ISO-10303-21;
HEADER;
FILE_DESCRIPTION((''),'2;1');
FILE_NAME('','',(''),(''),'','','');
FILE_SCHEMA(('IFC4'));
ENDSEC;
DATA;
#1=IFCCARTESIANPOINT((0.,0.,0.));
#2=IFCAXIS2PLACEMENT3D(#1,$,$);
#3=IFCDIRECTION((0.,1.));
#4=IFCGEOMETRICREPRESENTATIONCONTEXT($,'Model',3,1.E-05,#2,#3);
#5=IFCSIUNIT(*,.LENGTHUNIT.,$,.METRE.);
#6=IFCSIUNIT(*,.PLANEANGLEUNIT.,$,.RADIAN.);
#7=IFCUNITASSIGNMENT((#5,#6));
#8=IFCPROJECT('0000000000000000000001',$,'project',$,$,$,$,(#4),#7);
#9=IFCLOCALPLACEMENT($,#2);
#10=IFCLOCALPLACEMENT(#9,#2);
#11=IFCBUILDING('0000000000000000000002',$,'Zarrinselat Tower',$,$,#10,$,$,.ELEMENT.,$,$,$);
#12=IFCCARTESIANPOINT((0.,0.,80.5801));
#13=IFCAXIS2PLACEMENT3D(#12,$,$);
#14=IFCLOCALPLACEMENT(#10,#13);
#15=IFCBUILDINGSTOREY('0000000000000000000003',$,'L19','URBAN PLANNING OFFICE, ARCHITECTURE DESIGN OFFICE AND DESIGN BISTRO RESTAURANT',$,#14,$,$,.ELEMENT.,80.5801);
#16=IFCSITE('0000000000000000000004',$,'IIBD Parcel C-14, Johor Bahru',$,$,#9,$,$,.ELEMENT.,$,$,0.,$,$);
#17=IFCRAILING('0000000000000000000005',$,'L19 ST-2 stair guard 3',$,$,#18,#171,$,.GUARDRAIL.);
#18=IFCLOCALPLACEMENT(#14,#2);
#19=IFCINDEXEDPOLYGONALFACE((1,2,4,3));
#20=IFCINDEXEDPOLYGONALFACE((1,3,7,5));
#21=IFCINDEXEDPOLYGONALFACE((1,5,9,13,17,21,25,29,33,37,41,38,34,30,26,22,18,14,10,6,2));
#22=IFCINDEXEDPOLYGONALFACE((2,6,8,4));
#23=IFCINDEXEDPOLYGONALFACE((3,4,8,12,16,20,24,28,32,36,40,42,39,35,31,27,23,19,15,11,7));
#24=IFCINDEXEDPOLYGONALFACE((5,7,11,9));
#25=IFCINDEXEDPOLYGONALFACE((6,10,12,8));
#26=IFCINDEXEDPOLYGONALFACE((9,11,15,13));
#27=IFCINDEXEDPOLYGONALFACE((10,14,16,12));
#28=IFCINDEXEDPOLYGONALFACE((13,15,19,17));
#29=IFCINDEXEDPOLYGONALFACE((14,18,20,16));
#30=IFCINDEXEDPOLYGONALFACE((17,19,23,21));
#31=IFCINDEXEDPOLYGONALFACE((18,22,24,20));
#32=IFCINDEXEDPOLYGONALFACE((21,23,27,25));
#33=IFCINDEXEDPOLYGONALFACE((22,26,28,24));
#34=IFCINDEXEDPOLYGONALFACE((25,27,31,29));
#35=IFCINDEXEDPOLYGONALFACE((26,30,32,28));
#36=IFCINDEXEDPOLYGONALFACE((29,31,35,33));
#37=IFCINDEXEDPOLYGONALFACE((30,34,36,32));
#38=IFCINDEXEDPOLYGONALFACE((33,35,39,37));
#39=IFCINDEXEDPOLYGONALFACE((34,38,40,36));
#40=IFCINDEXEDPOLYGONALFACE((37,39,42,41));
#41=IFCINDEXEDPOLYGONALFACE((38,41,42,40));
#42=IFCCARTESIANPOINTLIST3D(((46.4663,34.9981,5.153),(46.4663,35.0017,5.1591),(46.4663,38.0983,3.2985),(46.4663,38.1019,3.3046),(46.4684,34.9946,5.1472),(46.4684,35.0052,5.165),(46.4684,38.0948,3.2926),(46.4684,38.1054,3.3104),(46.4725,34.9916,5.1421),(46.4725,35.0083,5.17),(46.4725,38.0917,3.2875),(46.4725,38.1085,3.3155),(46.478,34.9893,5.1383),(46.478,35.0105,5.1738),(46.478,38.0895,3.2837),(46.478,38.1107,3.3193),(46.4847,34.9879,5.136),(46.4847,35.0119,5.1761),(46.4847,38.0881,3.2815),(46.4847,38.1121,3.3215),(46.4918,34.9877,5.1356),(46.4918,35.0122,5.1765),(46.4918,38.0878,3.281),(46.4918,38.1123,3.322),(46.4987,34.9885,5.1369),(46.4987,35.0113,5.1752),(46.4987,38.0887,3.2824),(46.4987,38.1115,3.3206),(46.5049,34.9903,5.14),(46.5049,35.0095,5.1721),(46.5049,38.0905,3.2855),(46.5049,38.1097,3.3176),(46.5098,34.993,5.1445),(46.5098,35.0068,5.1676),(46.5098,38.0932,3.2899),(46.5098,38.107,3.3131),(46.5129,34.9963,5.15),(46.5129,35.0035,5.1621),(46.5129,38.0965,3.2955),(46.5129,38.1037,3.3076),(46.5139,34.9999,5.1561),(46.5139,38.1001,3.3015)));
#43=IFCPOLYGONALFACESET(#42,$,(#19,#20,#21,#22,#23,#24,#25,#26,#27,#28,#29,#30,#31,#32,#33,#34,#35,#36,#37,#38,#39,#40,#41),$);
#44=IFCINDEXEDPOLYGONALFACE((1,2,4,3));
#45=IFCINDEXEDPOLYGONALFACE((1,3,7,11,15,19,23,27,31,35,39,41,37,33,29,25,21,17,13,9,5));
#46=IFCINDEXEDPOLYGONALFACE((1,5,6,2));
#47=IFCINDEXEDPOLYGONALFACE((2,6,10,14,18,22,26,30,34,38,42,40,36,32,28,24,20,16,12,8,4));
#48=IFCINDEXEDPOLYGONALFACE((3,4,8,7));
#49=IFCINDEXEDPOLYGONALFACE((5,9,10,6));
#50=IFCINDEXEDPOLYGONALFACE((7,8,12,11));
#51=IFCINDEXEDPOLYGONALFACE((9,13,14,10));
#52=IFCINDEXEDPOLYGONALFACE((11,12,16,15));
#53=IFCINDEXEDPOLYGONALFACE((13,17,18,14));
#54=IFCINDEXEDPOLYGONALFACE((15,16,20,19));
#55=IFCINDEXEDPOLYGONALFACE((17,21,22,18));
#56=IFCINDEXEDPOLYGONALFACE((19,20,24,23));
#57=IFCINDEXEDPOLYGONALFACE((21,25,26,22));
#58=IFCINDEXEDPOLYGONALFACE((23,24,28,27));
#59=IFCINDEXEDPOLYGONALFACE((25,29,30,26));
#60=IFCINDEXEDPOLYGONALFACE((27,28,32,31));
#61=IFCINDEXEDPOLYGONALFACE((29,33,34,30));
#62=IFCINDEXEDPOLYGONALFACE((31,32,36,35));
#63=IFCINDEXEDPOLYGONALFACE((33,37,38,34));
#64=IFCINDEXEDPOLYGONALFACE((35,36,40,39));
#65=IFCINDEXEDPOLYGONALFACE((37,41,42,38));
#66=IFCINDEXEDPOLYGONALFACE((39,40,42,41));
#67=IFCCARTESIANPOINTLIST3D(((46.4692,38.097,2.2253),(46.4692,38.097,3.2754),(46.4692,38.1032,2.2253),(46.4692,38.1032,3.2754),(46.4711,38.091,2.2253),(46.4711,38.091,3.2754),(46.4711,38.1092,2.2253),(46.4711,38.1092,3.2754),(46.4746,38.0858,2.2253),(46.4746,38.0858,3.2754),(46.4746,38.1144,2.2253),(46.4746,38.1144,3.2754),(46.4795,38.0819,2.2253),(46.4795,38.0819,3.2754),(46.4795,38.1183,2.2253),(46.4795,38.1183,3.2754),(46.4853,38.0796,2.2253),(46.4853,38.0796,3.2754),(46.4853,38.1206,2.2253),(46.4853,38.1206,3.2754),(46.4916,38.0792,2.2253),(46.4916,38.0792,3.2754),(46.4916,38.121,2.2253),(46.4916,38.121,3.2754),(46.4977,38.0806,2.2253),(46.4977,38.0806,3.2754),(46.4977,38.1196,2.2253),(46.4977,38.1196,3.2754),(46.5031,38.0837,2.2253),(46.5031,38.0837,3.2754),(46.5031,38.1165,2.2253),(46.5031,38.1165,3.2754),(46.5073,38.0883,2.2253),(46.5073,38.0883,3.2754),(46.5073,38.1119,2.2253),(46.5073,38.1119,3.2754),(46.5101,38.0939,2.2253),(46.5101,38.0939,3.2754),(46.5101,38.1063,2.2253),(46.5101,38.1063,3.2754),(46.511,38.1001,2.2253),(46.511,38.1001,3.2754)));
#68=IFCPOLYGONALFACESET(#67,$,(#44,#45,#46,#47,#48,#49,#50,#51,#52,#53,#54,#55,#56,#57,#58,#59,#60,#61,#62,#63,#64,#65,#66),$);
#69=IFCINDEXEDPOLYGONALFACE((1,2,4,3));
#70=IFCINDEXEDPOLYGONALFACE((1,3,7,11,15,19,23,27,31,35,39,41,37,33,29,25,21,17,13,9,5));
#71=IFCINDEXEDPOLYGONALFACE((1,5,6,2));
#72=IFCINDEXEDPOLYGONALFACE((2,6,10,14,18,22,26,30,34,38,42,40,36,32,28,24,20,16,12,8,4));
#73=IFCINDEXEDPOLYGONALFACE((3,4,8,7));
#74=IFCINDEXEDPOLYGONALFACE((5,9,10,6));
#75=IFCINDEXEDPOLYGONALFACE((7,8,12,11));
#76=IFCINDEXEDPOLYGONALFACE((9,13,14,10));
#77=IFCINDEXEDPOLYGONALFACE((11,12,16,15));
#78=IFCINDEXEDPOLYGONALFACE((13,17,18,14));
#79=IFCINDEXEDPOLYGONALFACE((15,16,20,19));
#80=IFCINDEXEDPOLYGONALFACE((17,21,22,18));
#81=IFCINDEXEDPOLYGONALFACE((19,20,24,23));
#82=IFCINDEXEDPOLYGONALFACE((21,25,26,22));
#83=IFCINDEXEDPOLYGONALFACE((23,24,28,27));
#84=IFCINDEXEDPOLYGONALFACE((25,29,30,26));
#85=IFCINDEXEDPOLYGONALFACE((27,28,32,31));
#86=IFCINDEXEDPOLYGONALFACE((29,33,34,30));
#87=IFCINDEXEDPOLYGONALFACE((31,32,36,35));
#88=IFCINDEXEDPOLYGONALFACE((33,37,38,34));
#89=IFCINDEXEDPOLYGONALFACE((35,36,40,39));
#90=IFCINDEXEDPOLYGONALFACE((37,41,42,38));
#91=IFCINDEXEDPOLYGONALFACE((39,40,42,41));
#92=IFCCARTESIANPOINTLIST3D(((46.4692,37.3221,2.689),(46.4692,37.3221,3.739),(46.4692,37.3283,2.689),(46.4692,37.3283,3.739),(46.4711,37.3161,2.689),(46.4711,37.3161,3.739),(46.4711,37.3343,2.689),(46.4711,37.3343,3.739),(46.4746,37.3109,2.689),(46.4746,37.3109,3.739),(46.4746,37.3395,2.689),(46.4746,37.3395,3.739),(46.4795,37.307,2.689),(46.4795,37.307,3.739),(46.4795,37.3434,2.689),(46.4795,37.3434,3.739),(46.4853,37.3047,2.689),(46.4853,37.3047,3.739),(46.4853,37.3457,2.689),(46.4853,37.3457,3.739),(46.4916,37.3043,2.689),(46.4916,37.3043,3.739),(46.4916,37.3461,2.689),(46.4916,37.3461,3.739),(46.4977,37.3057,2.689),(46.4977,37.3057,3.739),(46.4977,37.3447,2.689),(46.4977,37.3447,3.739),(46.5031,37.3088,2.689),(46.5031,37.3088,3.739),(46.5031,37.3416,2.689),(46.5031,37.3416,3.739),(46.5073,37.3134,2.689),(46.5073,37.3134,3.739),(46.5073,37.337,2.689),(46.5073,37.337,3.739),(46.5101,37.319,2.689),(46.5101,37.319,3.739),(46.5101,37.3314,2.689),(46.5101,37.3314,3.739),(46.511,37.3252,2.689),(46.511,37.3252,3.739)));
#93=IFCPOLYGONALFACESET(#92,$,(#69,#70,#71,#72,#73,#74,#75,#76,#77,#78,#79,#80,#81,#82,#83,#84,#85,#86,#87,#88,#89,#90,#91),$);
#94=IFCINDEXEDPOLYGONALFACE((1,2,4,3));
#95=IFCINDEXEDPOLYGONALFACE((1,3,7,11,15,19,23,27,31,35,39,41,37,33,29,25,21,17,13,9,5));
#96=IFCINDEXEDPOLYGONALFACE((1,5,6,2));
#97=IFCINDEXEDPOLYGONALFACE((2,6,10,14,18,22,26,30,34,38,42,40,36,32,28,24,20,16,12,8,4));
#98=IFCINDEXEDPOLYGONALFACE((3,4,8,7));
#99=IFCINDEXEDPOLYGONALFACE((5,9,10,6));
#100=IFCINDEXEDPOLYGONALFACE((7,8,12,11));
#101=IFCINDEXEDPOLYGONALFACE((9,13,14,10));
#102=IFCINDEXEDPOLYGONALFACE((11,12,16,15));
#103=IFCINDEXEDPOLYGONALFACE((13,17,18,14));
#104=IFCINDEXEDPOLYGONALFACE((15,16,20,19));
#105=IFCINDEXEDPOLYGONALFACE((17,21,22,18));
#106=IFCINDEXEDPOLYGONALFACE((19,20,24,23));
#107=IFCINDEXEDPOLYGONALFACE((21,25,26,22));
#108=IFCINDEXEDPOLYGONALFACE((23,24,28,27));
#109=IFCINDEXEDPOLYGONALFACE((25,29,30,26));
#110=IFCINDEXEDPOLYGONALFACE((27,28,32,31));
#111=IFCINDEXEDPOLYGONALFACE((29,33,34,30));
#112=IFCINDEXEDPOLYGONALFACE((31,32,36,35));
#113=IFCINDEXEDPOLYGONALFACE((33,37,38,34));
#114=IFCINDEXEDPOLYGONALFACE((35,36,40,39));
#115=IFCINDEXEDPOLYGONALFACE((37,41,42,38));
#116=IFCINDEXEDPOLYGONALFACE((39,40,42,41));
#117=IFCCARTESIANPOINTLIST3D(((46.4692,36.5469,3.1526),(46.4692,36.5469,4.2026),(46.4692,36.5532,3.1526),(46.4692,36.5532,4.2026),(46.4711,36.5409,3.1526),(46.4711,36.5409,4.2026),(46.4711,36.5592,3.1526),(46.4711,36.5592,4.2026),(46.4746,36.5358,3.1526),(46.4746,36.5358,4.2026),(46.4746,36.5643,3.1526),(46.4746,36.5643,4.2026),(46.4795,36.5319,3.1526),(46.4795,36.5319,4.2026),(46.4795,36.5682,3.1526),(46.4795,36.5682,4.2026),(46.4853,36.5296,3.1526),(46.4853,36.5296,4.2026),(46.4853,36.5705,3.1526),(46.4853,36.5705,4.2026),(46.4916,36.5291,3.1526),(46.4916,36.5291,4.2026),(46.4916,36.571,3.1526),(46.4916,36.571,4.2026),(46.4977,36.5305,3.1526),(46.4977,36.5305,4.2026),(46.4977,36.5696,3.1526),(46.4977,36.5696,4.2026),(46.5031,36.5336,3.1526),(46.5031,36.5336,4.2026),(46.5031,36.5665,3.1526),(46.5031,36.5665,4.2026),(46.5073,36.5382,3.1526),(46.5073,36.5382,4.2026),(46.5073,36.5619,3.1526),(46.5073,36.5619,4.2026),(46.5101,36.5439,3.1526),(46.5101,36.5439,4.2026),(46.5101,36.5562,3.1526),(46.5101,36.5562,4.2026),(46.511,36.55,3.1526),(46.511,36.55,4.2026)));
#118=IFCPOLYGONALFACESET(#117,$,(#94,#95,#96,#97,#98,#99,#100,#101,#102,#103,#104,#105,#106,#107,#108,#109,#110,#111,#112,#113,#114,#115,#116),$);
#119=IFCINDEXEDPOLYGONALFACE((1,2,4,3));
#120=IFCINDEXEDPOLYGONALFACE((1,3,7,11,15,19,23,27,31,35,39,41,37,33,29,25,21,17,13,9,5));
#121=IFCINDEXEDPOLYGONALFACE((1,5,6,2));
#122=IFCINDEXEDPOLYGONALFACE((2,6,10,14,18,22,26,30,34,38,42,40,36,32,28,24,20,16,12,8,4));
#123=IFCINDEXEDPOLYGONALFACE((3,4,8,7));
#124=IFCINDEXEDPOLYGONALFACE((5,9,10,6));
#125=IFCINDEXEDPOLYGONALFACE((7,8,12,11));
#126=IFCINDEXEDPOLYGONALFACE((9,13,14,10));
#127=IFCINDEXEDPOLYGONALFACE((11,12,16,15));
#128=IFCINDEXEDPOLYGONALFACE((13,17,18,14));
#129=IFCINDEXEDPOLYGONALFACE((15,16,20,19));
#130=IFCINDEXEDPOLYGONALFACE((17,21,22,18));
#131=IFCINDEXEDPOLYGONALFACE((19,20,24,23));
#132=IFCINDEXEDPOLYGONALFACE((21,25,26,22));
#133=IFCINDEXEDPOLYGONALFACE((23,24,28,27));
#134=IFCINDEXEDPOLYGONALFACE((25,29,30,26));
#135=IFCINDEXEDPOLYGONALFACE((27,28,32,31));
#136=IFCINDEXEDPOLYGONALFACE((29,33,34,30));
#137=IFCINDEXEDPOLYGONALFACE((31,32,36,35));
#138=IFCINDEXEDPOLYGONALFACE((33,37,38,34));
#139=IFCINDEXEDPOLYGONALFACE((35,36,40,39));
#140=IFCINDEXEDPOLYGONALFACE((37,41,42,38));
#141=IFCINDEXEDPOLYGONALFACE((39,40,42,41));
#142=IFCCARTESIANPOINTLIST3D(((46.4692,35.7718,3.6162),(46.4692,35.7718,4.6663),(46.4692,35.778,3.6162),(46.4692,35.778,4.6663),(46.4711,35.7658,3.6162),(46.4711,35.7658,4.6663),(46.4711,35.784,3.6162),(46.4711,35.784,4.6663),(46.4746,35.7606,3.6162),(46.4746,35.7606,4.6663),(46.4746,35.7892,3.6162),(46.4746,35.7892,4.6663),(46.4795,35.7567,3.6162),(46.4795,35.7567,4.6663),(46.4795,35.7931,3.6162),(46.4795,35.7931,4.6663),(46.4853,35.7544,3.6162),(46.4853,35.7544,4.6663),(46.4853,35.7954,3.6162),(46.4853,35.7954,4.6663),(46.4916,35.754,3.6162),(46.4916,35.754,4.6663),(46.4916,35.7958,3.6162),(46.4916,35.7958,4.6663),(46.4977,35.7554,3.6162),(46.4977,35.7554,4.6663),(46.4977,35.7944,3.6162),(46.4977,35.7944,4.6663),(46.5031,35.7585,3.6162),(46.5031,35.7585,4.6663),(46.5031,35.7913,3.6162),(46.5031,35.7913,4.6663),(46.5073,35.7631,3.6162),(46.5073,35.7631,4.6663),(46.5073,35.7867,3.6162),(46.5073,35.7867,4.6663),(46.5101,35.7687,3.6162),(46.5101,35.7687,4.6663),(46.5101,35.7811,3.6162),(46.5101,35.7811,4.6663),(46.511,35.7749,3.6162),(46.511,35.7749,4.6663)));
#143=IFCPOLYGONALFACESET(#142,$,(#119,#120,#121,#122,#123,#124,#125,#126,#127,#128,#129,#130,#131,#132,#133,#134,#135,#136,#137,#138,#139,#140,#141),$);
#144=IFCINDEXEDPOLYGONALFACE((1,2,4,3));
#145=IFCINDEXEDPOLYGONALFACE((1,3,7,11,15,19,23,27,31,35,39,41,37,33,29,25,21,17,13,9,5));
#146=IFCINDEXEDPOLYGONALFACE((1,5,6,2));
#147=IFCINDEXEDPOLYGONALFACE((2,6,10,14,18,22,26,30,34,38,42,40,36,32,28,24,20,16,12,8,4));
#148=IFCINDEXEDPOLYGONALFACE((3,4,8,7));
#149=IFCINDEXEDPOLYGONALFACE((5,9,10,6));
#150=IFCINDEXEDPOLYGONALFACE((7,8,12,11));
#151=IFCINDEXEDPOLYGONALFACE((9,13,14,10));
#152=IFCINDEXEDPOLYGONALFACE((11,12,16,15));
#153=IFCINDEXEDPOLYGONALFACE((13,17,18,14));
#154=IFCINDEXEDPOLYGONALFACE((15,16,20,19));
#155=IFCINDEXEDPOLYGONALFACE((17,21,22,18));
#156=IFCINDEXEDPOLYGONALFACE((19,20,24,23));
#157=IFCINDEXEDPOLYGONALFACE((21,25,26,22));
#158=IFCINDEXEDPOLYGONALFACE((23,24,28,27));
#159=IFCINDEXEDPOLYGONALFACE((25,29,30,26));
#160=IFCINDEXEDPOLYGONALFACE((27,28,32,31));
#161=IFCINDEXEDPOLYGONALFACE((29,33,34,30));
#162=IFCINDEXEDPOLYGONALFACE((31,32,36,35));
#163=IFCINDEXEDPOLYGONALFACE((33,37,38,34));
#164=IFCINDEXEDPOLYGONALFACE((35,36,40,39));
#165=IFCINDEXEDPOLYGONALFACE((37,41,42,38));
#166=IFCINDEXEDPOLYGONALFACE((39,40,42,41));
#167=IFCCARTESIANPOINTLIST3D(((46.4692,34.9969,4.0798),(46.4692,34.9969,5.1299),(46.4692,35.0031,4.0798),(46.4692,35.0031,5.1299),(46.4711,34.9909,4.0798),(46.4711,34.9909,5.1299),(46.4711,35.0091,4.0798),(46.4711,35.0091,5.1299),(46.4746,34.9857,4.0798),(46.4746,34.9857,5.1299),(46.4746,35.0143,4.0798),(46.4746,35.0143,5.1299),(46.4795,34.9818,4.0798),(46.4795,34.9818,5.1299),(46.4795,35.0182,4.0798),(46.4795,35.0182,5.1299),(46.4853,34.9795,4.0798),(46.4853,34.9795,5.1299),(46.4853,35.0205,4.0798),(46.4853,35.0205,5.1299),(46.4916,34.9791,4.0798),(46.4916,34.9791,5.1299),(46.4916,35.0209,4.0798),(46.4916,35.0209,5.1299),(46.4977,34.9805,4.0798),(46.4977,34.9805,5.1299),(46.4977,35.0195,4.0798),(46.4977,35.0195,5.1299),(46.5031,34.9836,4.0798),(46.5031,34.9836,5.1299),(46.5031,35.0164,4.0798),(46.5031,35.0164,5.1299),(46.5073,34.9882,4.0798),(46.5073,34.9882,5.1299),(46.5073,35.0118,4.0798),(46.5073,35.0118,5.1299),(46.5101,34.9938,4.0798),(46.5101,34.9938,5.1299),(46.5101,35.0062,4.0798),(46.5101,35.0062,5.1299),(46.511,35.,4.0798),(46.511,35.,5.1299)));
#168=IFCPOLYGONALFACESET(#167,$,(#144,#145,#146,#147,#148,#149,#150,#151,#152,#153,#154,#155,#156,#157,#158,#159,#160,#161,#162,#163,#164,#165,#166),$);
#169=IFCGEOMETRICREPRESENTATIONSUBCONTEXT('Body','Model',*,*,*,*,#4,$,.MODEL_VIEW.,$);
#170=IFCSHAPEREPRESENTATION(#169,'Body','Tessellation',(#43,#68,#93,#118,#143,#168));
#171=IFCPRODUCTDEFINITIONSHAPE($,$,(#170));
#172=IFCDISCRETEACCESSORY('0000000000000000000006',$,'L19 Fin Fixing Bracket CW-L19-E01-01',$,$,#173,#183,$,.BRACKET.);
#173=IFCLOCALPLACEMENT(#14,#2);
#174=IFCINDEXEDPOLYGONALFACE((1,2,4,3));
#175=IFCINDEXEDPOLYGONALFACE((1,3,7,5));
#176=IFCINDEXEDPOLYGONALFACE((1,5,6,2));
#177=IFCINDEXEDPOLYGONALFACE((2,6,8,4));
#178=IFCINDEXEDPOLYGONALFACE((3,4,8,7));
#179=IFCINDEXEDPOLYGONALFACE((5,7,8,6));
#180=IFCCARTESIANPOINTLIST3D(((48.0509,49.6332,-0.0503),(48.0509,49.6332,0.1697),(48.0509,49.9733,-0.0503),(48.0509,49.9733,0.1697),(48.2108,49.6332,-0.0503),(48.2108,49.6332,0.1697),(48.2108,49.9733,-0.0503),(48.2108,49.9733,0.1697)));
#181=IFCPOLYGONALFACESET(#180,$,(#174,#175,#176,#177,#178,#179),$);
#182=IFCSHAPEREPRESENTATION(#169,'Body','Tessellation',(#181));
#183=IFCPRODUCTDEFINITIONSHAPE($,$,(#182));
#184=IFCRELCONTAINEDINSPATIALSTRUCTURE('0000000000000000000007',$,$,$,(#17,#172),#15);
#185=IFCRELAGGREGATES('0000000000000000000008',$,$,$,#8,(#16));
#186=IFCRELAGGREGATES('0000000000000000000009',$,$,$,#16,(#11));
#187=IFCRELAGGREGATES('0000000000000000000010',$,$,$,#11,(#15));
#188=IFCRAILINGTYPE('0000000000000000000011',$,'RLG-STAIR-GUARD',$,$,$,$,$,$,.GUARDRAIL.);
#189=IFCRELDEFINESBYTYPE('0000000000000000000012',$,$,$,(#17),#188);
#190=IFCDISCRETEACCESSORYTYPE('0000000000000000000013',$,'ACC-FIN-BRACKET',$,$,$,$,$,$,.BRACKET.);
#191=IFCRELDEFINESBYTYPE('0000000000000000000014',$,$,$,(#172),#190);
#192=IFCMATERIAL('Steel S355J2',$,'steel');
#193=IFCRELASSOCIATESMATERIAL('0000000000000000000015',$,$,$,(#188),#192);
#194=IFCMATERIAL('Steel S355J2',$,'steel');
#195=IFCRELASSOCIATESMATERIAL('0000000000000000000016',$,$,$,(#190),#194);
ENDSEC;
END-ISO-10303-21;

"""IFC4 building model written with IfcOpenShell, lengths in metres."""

from ifc_helpers import new_model, si_unit, direction, frame, origin, origin_2d, place, context, subcontext, project, spatial, rectangle, circle, extrude, material, type_object, element, save


model = new_model("IFC4")

# Units and contexts
model_context = context("Model", 3, precision=1e-05, world=origin(), true_north=direction((0.0, 1.0)))
body_context = subcontext(model_context, "Body", "Model", "MODEL_VIEW")
ifc_project = project(units=[si_unit("LENGTHUNIT", "METRE"), si_unit("PLANEANGLEUNIT", "RADIAN")], contexts=[model_context])

# Site, building, storey
site_placement = place(None, origin())
site = spatial("IfcSite", under=ifc_project, at=site_placement, Name="IIBD Parcel C-14, Johor Bahru", CompositionType="ELEMENT", RefElevation=0.0)
building_placement = place(site_placement, origin())
building = spatial("IfcBuilding", under=site, at=building_placement, Name="Zarrinselat Tower", CompositionType="ELEMENT")
storey_placement = place(building_placement, frame((0.0, 0.0, 80.5801)))
storey = spatial("IfcBuildingStorey", under=building, at=storey_placement, Name="L19", Description="URBAN PLANNING OFFICE, ARCHITECTURE DESIGN OFFICE AND DESIGN BISTRO RESTAURANT", CompositionType="ELEMENT", Elevation=80.5801)

# Railing
ifc_material_1 = material(Name="Steel S355J2", Category="steel")
railing_type = type_object("IfcRailingType", Name="RLG-STAIR-GUARD", PredefinedType="GUARDRAIL", material=ifc_material_1)
railing_1_placement = place(storey_placement, frame((46.49, 38.1001, 2.2253)))
element("IfcRailing", 1, at=railing_1_placement, inside=storey, type_object=railing_type, Name="L19 ST-2 stair guard 3", PredefinedType="GUARDRAIL", context=body_context, shape_type="SweptSolid", body=[
    extrude(circle(Radius=0.0239, at=origin_2d()), frame((0.0, 0.0, 1.0762), z_axis=(0.0, -0.858172, 0.513362), x_axis=(1.0, 0.0, 0.0)), (0.0, 0.0, 1.0), 3.6125),
    extrude(circle(Radius=0.021, at=origin_2d()), origin(), (0.0, 0.0, 1.0), 1.05),
    extrude(circle(Radius=0.021, at=origin_2d()), frame((0.0, -0.7749, 0.4636)), (0.0, 0.0, 1.0), 1.05),
    extrude(circle(Radius=0.021, at=origin_2d()), frame((0.0, -1.55, 0.9272)), (0.0, 0.0, 1.0), 1.05),
    extrude(circle(Radius=0.021, at=origin_2d()), frame((0.0, -2.3252, 1.3909)), (0.0, 0.0, 1.0), 1.05),
    extrude(circle(Radius=0.021, at=origin_2d()), frame((0.0, -3.1001, 1.8545)), (0.0, 0.0, 1.0), 1.05),
])

# Discrete accessory
ifc_material_2 = material(Name="Steel S355J2", Category="steel")
discrete_accessory_type = type_object("IfcDiscreteAccessoryType", Name="ACC-FIN-BRACKET", PredefinedType="BRACKET", material=ifc_material_2)
discrete_accessory_placement = place(storey_placement, frame((48.1309, 49.8032, -0.0503), z_axis=(0.0, 0.0, 1.0), x_axis=(0.0, 1.0, 0.0)))
element("IfcDiscreteAccessory", 2, at=discrete_accessory_placement, inside=storey, type_object=discrete_accessory_type, Name="L19 Fin Fixing Bracket CW-L19-E01-01", PredefinedType="BRACKET", context=body_context, shape_type="SweptSolid", body=[
    extrude(rectangle(XDim=0.3401, YDim=0.1599, at=origin_2d()), origin(), (0.0, 0.0, 1.0), 0.22),
])

save(model, "model.ifc")
